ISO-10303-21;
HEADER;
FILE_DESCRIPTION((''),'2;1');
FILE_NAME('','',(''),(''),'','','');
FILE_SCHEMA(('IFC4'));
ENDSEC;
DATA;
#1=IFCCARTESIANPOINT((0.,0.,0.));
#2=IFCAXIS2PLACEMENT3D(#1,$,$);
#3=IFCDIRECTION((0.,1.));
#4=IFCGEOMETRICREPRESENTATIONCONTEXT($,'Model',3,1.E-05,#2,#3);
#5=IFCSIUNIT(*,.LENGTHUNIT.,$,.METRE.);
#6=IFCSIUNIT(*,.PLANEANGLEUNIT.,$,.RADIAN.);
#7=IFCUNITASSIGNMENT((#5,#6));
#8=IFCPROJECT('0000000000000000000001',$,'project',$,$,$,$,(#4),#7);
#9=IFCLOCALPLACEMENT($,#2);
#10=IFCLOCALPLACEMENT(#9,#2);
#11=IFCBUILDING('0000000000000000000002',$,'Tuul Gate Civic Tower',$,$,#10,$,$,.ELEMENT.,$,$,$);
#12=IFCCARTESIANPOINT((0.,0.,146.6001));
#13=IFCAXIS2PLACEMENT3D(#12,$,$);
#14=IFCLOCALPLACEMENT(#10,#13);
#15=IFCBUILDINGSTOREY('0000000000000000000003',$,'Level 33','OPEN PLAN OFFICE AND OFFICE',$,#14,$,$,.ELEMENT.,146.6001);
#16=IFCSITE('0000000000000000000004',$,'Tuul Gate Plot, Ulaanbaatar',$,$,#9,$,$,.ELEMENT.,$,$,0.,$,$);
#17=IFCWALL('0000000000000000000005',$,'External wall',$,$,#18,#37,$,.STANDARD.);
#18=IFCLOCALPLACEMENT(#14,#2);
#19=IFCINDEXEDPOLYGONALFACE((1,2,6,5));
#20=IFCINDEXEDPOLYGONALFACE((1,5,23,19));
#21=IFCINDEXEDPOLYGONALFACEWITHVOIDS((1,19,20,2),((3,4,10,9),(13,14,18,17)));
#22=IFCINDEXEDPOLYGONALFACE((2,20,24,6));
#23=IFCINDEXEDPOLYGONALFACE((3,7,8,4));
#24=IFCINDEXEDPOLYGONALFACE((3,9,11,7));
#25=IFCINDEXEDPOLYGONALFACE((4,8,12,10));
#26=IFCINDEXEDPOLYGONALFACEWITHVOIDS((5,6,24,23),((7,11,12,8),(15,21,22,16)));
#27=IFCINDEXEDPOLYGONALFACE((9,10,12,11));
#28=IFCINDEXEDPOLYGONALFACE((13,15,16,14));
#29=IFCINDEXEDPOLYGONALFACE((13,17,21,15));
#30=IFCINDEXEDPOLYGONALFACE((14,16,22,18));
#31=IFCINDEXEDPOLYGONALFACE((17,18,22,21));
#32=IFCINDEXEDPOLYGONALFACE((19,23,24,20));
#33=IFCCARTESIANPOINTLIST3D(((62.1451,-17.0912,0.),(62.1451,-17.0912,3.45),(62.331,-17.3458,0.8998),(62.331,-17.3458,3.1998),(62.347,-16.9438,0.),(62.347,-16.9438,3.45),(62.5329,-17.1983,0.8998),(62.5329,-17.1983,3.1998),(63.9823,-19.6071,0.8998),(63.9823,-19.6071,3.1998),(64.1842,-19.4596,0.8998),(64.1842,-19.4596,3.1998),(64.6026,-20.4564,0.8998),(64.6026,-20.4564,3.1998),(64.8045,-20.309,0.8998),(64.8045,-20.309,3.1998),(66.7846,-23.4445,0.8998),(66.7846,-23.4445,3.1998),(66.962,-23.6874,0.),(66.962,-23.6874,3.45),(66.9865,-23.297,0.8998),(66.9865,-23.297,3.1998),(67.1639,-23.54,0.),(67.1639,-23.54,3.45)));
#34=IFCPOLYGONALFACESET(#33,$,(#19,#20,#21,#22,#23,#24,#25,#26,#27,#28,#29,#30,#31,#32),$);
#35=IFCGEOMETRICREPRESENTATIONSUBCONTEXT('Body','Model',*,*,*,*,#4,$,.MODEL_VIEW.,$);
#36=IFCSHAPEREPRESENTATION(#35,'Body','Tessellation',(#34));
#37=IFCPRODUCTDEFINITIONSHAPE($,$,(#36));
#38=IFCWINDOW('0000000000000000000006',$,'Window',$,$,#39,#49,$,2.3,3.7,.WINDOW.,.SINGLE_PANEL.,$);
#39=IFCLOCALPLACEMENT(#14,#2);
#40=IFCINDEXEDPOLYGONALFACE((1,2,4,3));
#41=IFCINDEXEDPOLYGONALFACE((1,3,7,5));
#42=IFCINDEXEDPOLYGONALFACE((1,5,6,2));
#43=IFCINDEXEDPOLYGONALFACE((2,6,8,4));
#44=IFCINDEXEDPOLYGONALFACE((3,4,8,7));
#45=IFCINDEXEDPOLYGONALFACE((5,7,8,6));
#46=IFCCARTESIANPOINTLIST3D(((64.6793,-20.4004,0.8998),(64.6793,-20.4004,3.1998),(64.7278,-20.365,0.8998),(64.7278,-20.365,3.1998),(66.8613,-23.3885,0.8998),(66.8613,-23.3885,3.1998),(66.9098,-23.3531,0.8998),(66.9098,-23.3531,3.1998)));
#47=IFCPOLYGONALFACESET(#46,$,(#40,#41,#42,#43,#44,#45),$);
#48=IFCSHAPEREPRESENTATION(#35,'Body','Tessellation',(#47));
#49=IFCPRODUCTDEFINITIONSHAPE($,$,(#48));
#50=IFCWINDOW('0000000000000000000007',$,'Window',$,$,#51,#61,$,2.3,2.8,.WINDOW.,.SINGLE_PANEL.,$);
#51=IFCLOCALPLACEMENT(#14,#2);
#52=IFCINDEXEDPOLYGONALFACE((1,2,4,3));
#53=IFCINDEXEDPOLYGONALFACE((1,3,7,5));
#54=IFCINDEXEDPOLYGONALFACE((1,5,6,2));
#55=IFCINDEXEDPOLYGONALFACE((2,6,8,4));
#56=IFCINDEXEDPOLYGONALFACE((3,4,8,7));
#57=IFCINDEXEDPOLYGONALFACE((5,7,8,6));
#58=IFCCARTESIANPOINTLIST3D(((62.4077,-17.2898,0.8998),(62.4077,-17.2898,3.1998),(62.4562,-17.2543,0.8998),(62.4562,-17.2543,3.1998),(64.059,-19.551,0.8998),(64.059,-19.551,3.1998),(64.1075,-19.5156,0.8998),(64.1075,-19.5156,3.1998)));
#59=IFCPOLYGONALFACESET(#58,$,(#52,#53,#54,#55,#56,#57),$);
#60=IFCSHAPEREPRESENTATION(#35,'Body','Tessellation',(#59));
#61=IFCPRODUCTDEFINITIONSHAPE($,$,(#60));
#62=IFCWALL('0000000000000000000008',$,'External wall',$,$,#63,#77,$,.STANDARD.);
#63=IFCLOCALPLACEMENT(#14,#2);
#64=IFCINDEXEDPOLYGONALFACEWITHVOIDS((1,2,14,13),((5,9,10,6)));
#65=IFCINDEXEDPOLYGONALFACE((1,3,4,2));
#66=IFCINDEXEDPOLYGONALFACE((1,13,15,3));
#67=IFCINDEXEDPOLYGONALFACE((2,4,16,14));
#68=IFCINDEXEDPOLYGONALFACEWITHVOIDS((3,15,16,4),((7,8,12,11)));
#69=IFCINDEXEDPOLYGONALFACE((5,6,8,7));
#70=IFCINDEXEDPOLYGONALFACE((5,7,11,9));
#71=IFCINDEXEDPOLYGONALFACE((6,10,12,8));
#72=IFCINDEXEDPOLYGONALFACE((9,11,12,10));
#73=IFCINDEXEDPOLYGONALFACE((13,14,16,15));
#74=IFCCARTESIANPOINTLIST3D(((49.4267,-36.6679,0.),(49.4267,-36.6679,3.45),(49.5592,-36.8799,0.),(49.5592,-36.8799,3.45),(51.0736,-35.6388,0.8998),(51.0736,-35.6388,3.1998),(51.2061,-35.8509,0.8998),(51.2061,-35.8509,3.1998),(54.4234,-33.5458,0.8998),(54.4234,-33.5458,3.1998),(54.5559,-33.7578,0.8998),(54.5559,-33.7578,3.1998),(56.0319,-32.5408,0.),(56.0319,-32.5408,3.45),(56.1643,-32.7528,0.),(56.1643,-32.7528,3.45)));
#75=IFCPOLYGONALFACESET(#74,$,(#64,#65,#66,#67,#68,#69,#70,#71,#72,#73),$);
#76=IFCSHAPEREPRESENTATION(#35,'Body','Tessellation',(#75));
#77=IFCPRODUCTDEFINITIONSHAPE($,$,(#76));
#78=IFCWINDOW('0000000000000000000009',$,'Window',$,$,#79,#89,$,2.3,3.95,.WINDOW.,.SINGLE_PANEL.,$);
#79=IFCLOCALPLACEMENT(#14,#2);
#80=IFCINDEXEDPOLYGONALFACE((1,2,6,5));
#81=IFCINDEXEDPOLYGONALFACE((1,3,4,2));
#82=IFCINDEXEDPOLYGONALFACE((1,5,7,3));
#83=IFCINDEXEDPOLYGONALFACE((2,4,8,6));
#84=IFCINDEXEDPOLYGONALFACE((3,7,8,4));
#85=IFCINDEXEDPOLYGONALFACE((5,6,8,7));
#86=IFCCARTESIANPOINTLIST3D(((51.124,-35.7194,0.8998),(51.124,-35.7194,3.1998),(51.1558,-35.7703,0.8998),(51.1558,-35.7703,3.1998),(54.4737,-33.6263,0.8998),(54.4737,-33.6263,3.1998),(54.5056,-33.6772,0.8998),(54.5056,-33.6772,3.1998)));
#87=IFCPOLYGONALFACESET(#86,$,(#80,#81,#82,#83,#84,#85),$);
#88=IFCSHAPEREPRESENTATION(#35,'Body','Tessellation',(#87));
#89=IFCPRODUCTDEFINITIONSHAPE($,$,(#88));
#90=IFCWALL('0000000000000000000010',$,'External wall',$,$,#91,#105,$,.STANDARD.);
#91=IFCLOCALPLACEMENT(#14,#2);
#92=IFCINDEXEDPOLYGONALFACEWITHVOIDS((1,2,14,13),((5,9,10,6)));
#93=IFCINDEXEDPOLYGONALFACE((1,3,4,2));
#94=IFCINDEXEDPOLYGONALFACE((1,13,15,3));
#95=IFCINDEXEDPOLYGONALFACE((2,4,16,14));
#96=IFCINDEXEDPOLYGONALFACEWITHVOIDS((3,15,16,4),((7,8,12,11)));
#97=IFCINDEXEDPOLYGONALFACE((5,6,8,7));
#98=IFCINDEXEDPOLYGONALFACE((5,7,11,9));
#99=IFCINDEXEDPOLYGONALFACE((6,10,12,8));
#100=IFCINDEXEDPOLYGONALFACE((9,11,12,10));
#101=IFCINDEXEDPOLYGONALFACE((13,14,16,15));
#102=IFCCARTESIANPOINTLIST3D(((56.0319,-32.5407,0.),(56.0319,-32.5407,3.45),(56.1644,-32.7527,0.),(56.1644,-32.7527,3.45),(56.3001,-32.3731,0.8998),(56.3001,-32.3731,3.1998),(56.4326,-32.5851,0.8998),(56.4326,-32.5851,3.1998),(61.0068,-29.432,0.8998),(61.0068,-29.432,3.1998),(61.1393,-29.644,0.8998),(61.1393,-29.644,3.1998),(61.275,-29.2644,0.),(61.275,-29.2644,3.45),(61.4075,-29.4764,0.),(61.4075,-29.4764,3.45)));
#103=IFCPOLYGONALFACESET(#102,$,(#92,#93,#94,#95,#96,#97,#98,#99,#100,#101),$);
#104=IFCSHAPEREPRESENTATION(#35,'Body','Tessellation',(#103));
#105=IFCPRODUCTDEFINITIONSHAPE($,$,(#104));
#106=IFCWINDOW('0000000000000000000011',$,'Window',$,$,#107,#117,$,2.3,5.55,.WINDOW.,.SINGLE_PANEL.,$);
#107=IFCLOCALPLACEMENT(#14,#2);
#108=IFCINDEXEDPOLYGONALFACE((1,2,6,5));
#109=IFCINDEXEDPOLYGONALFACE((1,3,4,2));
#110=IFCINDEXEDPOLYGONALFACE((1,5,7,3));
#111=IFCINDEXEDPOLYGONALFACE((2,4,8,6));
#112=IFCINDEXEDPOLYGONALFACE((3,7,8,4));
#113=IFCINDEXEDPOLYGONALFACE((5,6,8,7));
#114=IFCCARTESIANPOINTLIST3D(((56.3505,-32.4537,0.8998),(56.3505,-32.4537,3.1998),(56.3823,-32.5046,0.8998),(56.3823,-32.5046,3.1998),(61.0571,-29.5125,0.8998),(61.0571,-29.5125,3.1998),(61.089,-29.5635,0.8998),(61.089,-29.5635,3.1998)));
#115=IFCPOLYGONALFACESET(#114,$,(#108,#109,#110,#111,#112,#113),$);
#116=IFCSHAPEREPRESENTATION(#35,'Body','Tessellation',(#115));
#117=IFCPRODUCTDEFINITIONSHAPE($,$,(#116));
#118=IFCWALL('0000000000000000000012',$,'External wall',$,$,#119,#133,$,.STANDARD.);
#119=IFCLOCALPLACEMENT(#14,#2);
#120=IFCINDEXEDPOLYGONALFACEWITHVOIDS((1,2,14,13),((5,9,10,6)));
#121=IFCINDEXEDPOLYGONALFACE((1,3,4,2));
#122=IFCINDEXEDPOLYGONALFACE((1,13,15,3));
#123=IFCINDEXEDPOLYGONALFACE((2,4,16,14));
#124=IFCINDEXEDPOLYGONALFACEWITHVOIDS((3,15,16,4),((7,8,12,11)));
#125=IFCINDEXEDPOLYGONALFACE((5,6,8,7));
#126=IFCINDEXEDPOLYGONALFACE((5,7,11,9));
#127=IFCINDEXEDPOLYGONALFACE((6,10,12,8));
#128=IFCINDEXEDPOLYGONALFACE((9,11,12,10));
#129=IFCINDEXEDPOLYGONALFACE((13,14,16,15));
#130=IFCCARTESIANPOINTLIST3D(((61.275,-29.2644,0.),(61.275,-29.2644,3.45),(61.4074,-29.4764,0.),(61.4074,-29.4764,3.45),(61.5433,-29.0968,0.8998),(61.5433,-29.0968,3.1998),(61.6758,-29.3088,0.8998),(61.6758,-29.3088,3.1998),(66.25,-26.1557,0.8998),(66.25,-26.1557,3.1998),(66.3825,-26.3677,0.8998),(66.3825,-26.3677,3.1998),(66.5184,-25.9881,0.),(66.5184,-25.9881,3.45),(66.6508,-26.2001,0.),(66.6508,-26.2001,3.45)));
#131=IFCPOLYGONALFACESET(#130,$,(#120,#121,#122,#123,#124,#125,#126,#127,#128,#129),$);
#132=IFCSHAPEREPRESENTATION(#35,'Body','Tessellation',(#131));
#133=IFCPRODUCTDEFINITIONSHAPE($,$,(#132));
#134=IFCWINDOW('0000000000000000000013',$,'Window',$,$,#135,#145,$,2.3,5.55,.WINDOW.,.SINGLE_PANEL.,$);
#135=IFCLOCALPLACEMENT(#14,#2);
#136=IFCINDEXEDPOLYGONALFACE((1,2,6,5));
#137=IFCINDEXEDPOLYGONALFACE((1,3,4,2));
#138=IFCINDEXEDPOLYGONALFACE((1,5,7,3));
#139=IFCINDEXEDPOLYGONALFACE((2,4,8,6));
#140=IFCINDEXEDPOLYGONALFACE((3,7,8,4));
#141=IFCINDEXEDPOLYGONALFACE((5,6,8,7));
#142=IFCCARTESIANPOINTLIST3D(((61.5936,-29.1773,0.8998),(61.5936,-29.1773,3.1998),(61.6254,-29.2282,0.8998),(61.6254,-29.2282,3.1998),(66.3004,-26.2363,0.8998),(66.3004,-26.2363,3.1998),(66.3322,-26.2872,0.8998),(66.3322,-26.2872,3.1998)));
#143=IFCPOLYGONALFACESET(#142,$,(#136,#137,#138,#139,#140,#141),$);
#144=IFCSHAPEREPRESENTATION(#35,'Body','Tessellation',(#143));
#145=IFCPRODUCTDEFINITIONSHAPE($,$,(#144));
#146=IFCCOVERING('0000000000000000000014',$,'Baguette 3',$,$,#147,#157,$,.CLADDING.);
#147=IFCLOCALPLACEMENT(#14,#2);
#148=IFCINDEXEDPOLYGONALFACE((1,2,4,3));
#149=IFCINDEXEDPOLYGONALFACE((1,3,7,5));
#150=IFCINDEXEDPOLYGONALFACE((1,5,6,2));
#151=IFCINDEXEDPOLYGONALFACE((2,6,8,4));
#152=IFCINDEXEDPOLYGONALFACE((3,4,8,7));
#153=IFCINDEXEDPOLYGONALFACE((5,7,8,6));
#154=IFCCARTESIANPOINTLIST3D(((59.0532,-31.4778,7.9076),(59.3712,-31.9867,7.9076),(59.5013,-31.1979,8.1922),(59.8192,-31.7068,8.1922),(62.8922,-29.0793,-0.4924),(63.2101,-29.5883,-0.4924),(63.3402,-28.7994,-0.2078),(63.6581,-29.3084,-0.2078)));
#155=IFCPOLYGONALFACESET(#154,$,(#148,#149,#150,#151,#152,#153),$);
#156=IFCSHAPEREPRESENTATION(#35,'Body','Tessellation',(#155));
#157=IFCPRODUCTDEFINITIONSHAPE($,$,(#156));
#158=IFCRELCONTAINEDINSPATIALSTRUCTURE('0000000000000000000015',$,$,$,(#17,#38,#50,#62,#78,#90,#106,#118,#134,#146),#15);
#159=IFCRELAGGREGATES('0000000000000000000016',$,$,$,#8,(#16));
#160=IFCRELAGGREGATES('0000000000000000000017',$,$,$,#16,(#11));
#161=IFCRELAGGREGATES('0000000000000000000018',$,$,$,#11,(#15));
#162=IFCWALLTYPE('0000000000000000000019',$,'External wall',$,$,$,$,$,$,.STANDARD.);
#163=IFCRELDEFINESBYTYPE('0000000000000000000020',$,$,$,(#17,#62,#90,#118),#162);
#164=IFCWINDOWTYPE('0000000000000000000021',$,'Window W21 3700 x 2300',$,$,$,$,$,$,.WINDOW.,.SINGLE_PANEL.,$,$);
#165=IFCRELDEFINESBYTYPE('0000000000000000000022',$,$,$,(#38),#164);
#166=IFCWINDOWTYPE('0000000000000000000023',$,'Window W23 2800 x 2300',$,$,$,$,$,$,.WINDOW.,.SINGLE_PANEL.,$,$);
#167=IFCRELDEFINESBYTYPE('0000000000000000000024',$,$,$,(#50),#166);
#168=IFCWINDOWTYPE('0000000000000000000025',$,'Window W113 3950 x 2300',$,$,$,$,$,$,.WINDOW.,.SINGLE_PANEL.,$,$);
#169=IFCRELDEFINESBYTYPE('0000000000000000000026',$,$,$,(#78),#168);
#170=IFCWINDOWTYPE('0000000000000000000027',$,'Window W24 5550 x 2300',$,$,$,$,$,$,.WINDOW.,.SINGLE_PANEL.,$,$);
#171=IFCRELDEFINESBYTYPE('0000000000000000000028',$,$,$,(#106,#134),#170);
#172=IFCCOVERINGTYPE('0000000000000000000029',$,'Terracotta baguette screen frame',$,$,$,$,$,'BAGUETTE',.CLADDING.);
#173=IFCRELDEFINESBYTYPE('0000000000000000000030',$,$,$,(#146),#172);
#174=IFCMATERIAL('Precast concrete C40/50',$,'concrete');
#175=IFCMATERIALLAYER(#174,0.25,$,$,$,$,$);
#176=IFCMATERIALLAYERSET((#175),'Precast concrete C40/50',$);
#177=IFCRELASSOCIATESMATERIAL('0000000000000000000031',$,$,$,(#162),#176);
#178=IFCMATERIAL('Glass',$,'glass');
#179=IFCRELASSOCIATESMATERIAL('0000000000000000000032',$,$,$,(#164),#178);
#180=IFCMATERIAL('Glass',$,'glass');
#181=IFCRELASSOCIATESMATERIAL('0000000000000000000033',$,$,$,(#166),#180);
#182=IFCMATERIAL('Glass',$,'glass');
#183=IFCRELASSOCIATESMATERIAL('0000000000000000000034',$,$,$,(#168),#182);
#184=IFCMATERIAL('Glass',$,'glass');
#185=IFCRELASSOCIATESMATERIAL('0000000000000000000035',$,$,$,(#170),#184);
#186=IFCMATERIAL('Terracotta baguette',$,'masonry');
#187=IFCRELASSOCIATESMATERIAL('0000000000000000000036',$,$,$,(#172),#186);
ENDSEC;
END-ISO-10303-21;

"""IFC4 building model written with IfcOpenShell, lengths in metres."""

from ifc_helpers import new_model, si_unit, direction, frame, frame_2d, origin, origin_2d, place, context, subcontext, project, spatial, rectangle, extrude, material, layer, layer_set, material_profile, profile_set, type_object, element, fill, save


model = new_model("IFC4")

# Units and contexts
model_context = context("Model", 3, precision=1e-05, world=origin(), true_north=direction((0.0, 1.0)))
body_context = subcontext(model_context, "Body", "Model", "MODEL_VIEW")
ifc_project = project(units=[si_unit("LENGTHUNIT", "METRE"), si_unit("PLANEANGLEUNIT", "RADIAN")], contexts=[model_context])

# Site, building, storey
site_placement = place(None, origin())
site = spatial("IfcSite", under=ifc_project, at=site_placement, Name="Tuul Gate Plot, Ulaanbaatar", CompositionType="ELEMENT", RefElevation=0.0)
building_placement = place(site_placement, origin())
building = spatial("IfcBuilding", under=site, at=building_placement, Name="Tuul Gate Civic Tower", CompositionType="ELEMENT")
storey_placement = place(building_placement, frame((0.0, 0.0, 146.6001)))
storey = spatial("IfcBuildingStorey", under=building, at=storey_placement, Name="Level 33", Description="OPEN PLAN OFFICE AND OFFICE", CompositionType="ELEMENT", Elevation=146.6001)

# Shared definitions
ifc_material_1 = material(Name="Precast concrete C40/50", Category="concrete")
ifc_layer = layer(ifc_material_1, 0.25)
ifc_layer_set = layer_set([ifc_layer], Name="Precast concrete C40/50")
wall_type = type_object("IfcWallType", Name="External wall", PredefinedType="STANDARD", material=ifc_layer_set)

# Wall, openings, windows
wall_1_placement = place(storey_placement, frame((67.063, -23.6138, 0.0), z_axis=(0.0, 0.0, 1.0), x_axis=(-0.589745, 0.807589, 0.0)))
wall_1 = element("IfcWall", 1, at=wall_1_placement, inside=storey, type_object=wall_type, Name="External wall", PredefinedType="STANDARD", context=body_context, shape_type="SweptSolid", body=[
    extrude(rectangle(XDim=8.1677, YDim=0.25, at=frame_2d((4.084, 0.0))), origin(), (0.0, 0.0, 1.0), 3.45),
])
opening_1_placement = place(wall_1_placement, frame((0.3008, 0.0, 0.8999)))
opening_1 = element("IfcOpeningElement", 2, at=opening_1_placement, cuts=wall_1, PredefinedType="OPENING", context=body_context, shape_type="SweptSolid", body=[
    extrude(rectangle(XDim=3.7, YDim=2.3, at=frame_2d((1.8501, 1.1499))), frame((0.0, 0.135, 0.0), z_axis=(0.0, -1.0, 0.0), x_axis=(1.0, 0.0, 0.0)), (0.0, 0.0, 1.0), 0.27),
])
opening_2_placement = place(wall_1_placement, frame((5.0527, 0.0, 0.8999)))
opening_2 = element("IfcOpeningElement", 3, at=opening_2_placement, cuts=wall_1, PredefinedType="OPENING", context=body_context, shape_type="SweptSolid", body=[
    extrude(rectangle(XDim=2.8, YDim=2.3, at=frame_2d((1.3999, 1.1499))), frame((0.0, 0.135, 0.0), z_axis=(0.0, -1.0, 0.0), x_axis=(1.0, 0.0, 0.0)), (0.0, 0.0, 1.0), 0.27),
])
ifc_material_2 = material(Name="Glass", Category="glass")
window_type_1 = type_object("IfcWindowType", Name="Window W21 3700 x 2300", PartitioningType="SINGLE_PANEL", PredefinedType="WINDOW", material=ifc_material_2)
window_1_placement = place(opening_1_placement, origin())
window_1 = element("IfcWindow", 4, at=window_1_placement, inside=storey, type_object=window_type_1, Name="Window", OverallHeight=2.3, OverallWidth=3.7, PartitioningType="SINGLE_PANEL", PredefinedType="WINDOW", context=body_context, shape_type="SweptSolid", body=[
    extrude(rectangle(XDim=3.7, YDim=2.3, at=frame_2d((1.8501, 1.1499))), frame((0.0, 0.03, 0.0), z_axis=(0.0, -1.0, 0.0), x_axis=(1.0, 0.0, 0.0)), (0.0, 0.0, 1.0), 0.0601),
])
fill(opening_1, window_1)
ifc_material_3 = material(Name="Glass", Category="glass")
window_type_2 = type_object("IfcWindowType", Name="Window W23 2800 x 2300", PartitioningType="SINGLE_PANEL", PredefinedType="WINDOW", material=ifc_material_3)
window_2_placement = place(opening_2_placement, origin())
window_2 = element("IfcWindow", 5, at=window_2_placement, inside=storey, type_object=window_type_2, Name="Window", OverallHeight=2.3, OverallWidth=2.8, PartitioningType="SINGLE_PANEL", PredefinedType="WINDOW", context=body_context, shape_type="SweptSolid", body=[
    extrude(rectangle(XDim=2.8, YDim=2.3, at=frame_2d((1.3999, 1.1499))), frame((0.0, 0.03, 0.0), z_axis=(0.0, -1.0, 0.0), x_axis=(1.0, 0.0, 0.0)), (0.0, 0.0, 1.0), 0.0601),
])
fill(opening_2, window_2)

# Walls, openings, windows
wall_2_placement = place(storey_placement, frame((49.4929, -36.7739, 0.0), z_axis=(0.0, 0.0, 1.0), x_axis=(0.84806, 0.5299, 0.0)))
wall_2 = element("IfcWall", 6, at=wall_2_placement, inside=storey, type_object=wall_type, Name="External wall", PredefinedType="STANDARD", context=body_context, shape_type="SweptSolid", body=[
    extrude(rectangle(XDim=7.7886, YDim=0.25, at=frame_2d((3.8943, 0.0))), origin(), (0.0, 0.0, 1.0), 3.45),
])
opening_3_placement = place(wall_2_placement, frame((1.9419, 0.0, 0.8999)))
opening_3 = element("IfcOpeningElement", 7, at=opening_3_placement, cuts=wall_2, PredefinedType="OPENING", context=body_context, shape_type="SweptSolid", body=[
    extrude(rectangle(XDim=3.95, YDim=2.3, at=frame_2d((1.9751, 1.1499))), frame((0.0, 0.135, 0.0), z_axis=(0.0, -1.0, 0.0), x_axis=(1.0, 0.0, 0.0)), (0.0, 0.0, 1.0), 0.27),
])
ifc_material_4 = material(Name="Glass", Category="glass")
window_type_3 = type_object("IfcWindowType", Name="Window W113 3950 x 2300", PartitioningType="SINGLE_PANEL", PredefinedType="WINDOW", material=ifc_material_4)
window_3_placement = place(opening_3_placement, origin())
window_3 = element("IfcWindow", 8, at=window_3_placement, inside=storey, type_object=window_type_3, Name="Window", OverallHeight=2.3, OverallWidth=3.95, PartitioningType="SINGLE_PANEL", PredefinedType="WINDOW", context=body_context, shape_type="SweptSolid", body=[
    extrude(rectangle(XDim=3.95, YDim=2.3, at=frame_2d((1.9751, 1.1499))), frame((0.0, 0.03, 0.0), z_axis=(0.0, -1.0, 0.0), x_axis=(1.0, 0.0, 0.0)), (0.0, 0.0, 1.0), 0.0601),
])
fill(opening_3, window_3)
wall_3_placement = place(storey_placement, frame((56.0981, -32.6467, 0.0), z_axis=(0.0, 0.0, 1.0), x_axis=(0.848043, 0.529928, 0.0)))
wall_3 = element("IfcWall", 9, at=wall_3_placement, inside=storey, type_object=wall_type, Name="External wall", PredefinedType="STANDARD", context=body_context, shape_type="SweptSolid", body=[
    extrude(rectangle(XDim=6.1826, YDim=0.25, at=frame_2d((3.0913, 0.0))), origin(), (0.0, 0.0, 1.0), 3.45),
])
opening_4_placement = place(wall_3_placement, frame((0.3164, 0.0, 0.8999)))
opening_4 = element("IfcOpeningElement", 10, at=opening_4_placement, cuts=wall_3, PredefinedType="OPENING", context=body_context, shape_type="SweptSolid", body=[
    extrude(rectangle(XDim=5.55, YDim=2.3, at=frame_2d((2.7749, 1.1499))), frame((0.0, 0.135, 0.0), z_axis=(0.0, -1.0, 0.0), x_axis=(1.0, 0.0, 0.0)), (0.0, 0.0, 1.0), 0.27),
])
ifc_material_5 = material(Name="Glass", Category="glass")
window_type_4 = type_object("IfcWindowType", Name="Window W24 5550 x 2300", PartitioningType="SINGLE_PANEL", PredefinedType="WINDOW", material=ifc_material_5)
window_4_placement = place(opening_4_placement, origin())
window_4 = element("IfcWindow", 11, at=window_4_placement, inside=storey, type_object=window_type_4, Name="Window", OverallHeight=2.3, OverallWidth=5.55, PartitioningType="SINGLE_PANEL", PredefinedType="WINDOW", context=body_context, shape_type="SweptSolid", body=[
    extrude(rectangle(XDim=5.55, YDim=2.3, at=frame_2d((2.7749, 1.1499))), frame((0.0, 0.03, 0.0), z_axis=(0.0, -1.0, 0.0), x_axis=(1.0, 0.0, 0.0)), (0.0, 0.0, 1.0), 0.0601),
])
fill(opening_4, window_4)
wall_4_placement = place(storey_placement, frame((61.3413, -29.3704, 0.0), z_axis=(0.0, 0.0, 1.0), x_axis=(0.848054, 0.52991, 0.0)))
wall_4 = element("IfcWall", 12, at=wall_4_placement, inside=storey, type_object=wall_type, Name="External wall", PredefinedType="STANDARD", context=body_context, shape_type="SweptSolid", body=[
    extrude(rectangle(XDim=6.1829, YDim=0.25, at=frame_2d((3.0913, 0.0))), origin(), (0.0, 0.0, 1.0), 3.45),
])
opening_5_placement = place(wall_4_placement, frame((0.3164, 0.0, 0.8999)))
opening_5 = element("IfcOpeningElement", 13, at=opening_5_placement, cuts=wall_4, PredefinedType="OPENING", context=body_context, shape_type="SweptSolid", body=[
    extrude(rectangle(XDim=5.55, YDim=2.3, at=frame_2d((2.7749, 1.1499))), frame((0.0, 0.135, 0.0), z_axis=(0.0, -1.0, 0.0), x_axis=(1.0, 0.0, 0.0)), (0.0, 0.0, 1.0), 0.27),
])
window_5_placement = place(opening_5_placement, origin())
window_5 = element("IfcWindow", 14, at=window_5_placement, inside=storey, type_object=window_type_4, Name="Window", OverallHeight=2.3, OverallWidth=5.55, PartitioningType="SINGLE_PANEL", PredefinedType="WINDOW", context=body_context, shape_type="SweptSolid", body=[
    extrude(rectangle(XDim=5.55, YDim=2.3, at=frame_2d((2.7749, 1.1499))), frame((0.0, 0.03, 0.0), z_axis=(0.0, -1.0, 0.0), x_axis=(1.0, 0.0, 0.0)), (0.0, 0.0, 1.0), 0.0601),
])
fill(opening_5, window_5)

# Covering
ifc_material_6 = material(Name="Terracotta baguette", Category="masonry")
ifc_material_profile_1 = material_profile(ifc_material_6, rectangle(XDim=0.6001, YDim=0.6001, at=origin_2d()), Name="Terracotta baguette screen frame")
ifc_profile_set_1 = profile_set([ifc_material_profile_1], Name="Terracotta baguette")
covering_type = type_object("IfcCoveringType", Name="Terracotta baguette screen frame", ElementType="BAGUETTE", PredefinedType="CLADDING", material=ifc_profile_set_1)
covering_1_placement = place(storey_placement, frame((63.2751, -29.1938, -0.3501), z_axis=(-0.402317, -0.251359, 0.880318), x_axis=(0.529863, -0.848083, 0.0)))
element("IfcCovering", 15, at=covering_1_placement, inside=storey, type_object=covering_type, Name="Baguette 3", PredefinedType="CLADDING", context=body_context, shape_type="SweptSolid", body=[
    extrude(rectangle(XDim=0.6001, YDim=0.6001, at=origin_2d()), origin(), (0.0, 0.0, 1.0), 9.542),
])

save(model, "model.ifc")
